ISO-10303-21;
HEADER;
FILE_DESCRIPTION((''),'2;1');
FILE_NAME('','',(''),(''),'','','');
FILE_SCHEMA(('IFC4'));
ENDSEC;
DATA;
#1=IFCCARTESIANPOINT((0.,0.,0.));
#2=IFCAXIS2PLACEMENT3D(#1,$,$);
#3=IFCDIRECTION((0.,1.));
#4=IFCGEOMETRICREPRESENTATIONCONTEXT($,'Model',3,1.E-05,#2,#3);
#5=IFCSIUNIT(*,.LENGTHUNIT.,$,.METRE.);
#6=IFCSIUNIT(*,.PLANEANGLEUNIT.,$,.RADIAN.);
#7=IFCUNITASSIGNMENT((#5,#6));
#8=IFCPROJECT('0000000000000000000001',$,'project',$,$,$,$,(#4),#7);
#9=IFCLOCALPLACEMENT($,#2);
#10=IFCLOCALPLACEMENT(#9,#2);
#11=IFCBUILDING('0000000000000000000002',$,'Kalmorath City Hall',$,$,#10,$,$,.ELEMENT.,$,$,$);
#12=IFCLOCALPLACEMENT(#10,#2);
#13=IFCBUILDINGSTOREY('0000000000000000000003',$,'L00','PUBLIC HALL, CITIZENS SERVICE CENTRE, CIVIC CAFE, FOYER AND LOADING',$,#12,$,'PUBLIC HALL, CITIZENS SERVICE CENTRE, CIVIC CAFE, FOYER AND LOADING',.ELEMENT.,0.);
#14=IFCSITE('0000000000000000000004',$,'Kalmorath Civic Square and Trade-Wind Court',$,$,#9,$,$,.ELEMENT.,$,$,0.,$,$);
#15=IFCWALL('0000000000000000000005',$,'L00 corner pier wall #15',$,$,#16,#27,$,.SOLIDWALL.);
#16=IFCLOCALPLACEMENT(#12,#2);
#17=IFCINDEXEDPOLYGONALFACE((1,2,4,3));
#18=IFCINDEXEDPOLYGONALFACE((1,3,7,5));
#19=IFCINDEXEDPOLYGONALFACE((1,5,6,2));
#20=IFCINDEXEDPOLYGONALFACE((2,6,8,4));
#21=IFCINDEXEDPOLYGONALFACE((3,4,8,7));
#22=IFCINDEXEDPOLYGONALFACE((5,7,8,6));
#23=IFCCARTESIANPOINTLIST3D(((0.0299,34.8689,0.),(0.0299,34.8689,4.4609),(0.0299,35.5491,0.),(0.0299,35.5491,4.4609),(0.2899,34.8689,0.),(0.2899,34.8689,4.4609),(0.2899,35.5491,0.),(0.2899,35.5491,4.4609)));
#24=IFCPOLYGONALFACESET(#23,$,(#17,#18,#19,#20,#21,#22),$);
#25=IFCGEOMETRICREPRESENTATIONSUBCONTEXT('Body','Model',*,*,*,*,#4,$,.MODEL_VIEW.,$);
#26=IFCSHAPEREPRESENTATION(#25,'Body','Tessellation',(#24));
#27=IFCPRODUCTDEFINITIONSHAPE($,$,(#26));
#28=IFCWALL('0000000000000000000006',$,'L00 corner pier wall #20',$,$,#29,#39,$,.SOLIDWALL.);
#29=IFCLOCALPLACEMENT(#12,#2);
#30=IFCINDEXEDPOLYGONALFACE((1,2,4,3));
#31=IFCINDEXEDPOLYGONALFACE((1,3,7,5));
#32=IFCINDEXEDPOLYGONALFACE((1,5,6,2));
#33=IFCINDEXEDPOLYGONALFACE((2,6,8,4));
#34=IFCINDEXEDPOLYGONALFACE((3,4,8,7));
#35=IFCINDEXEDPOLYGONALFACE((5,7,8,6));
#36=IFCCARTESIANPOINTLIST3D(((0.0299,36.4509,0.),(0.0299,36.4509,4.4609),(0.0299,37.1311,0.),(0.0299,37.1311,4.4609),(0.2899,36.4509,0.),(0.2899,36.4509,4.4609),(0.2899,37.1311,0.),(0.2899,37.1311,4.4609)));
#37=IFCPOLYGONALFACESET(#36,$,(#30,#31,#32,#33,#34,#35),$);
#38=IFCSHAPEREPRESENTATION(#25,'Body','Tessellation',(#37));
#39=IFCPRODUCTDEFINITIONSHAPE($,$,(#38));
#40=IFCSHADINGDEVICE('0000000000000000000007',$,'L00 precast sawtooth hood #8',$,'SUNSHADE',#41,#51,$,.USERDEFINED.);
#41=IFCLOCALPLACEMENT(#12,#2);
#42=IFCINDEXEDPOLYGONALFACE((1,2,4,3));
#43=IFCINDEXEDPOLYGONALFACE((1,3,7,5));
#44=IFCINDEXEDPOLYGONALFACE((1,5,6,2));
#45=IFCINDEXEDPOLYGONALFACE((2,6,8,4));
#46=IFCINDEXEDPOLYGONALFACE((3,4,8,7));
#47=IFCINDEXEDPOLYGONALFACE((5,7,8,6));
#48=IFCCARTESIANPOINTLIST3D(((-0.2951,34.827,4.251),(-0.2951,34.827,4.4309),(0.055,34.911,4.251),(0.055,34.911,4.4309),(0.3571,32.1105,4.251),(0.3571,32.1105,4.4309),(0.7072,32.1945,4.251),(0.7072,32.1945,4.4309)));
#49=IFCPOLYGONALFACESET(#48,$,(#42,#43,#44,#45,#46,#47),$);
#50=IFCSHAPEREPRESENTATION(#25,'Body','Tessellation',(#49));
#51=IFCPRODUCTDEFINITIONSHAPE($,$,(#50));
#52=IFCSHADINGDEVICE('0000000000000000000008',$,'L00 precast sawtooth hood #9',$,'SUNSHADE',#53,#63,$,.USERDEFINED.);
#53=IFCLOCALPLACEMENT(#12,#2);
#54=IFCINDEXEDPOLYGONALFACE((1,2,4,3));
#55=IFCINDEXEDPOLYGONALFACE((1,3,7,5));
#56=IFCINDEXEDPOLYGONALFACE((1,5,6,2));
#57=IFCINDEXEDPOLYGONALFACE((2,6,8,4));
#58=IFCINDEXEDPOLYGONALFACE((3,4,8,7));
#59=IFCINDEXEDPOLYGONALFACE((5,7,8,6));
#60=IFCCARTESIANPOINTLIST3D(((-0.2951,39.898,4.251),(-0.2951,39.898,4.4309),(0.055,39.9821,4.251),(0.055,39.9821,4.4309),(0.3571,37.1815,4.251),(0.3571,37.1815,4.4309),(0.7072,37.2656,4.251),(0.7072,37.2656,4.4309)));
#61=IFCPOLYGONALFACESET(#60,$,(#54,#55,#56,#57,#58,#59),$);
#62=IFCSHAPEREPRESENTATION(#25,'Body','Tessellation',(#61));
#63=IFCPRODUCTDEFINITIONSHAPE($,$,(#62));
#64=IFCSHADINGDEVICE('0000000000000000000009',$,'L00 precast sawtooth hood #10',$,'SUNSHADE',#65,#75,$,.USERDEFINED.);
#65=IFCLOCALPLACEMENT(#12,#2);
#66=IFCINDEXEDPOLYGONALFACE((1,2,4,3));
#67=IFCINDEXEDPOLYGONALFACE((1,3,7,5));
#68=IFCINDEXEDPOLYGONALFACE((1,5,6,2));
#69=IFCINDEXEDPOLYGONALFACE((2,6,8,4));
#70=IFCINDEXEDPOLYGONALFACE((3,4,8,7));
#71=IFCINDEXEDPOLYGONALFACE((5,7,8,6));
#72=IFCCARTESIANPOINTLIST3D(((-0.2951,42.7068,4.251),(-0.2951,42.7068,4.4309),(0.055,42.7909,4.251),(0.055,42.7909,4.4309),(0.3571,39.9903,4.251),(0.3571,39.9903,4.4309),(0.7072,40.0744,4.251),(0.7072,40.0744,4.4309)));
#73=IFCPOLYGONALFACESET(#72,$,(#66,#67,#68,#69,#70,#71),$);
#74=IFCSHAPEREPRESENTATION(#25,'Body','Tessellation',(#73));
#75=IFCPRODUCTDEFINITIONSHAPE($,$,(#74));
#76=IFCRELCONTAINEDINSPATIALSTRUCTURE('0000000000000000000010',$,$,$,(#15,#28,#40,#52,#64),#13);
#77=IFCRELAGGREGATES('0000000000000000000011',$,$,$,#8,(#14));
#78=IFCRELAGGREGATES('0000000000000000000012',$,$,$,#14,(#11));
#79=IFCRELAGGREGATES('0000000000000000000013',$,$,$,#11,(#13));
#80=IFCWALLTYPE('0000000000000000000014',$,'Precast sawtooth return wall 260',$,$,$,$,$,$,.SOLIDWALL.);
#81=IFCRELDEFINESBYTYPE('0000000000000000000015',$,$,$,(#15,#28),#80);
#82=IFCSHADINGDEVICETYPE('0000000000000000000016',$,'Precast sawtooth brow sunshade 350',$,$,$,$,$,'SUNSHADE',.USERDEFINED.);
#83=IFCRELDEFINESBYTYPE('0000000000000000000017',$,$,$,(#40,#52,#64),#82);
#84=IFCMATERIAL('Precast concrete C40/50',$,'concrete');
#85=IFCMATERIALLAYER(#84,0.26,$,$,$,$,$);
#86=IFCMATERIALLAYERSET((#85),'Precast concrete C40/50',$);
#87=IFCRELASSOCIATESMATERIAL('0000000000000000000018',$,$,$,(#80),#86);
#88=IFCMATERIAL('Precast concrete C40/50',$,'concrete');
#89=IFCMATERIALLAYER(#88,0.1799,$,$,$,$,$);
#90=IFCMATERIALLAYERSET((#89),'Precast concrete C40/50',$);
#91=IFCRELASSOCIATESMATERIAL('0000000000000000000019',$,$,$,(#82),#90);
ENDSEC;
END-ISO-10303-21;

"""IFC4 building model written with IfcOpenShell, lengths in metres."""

from ifc_helpers import new_model, si_unit, direction, frame, frame_2d, origin, origin_2d, place, context, subcontext, project, spatial, rectangle, extrude, material, layer, layer_set, type_object, element, save


model = new_model("IFC4")

# Units and contexts
model_context = context("Model", 3, precision=1e-05, world=origin(), true_north=direction((0.0, 1.0)))
body_context = subcontext(model_context, "Body", "Model", "MODEL_VIEW")
ifc_project = project(units=[si_unit("LENGTHUNIT", "METRE"), si_unit("PLANEANGLEUNIT", "RADIAN")], contexts=[model_context])

# Site, building, storey
site_placement = place(None, origin())
site = spatial("IfcSite", under=ifc_project, at=site_placement, Name="Kalmorath Civic Square and Trade-Wind Court", CompositionType="ELEMENT", RefElevation=0.0)
building_placement = place(site_placement, origin())
building = spatial("IfcBuilding", under=site, at=building_placement, Name="Kalmorath City Hall", CompositionType="ELEMENT")
storey_placement = place(building_placement, origin())
storey = spatial("IfcBuildingStorey", under=building, at=storey_placement, Name="L00", Description="PUBLIC HALL, CITIZENS SERVICE CENTRE, CIVIC CAFE, FOYER AND LOADING", LongName="PUBLIC HALL, CITIZENS SERVICE CENTRE, CIVIC CAFE, FOYER AND LOADING", CompositionType="ELEMENT", Elevation=0.0)

# Walls
ifc_material_1 = material(Name="Precast concrete C40/50", Category="concrete")
ifc_layer_1 = layer(ifc_material_1, 0.26)
ifc_layer_set_1 = layer_set([ifc_layer_1], Name="Precast concrete C40/50")
wall_type_1 = type_object("IfcWallType", Name="Precast sawtooth return wall 260", PredefinedType="SOLIDWALL", material=ifc_layer_set_1)
for number, where, z_axis, x_axis, name in (
    (1, (0.1599, 34.8689, 0.0), (0.0, 0.0, 1.0), (0.0, 1.0, 0.0), "L00 corner pier wall #15"),
    (2, (0.1599, 36.4509, 0.0), (0.0, 0.0, 1.0), (0.0, 1.0, 0.0), "L00 corner pier wall #20"),
):
    element("IfcWall", number, at=place(storey_placement, frame(where, z_axis=z_axis, x_axis=x_axis)), inside=storey, type_object=wall_type_1, Name=name, PredefinedType="SOLIDWALL", context=body_context, shape_type="SweptSolid", body=[
        extrude(rectangle(XDim=0.6802, YDim=0.26, at=frame_2d((0.3401, 0.0))), origin(), (0.0, 0.0, 1.0), 4.4609),
    ])

# Shading devices
ifc_material_2 = material(Name="Precast concrete C40/50", Category="concrete")
ifc_layer_2 = layer(ifc_material_2, 0.1799)
ifc_layer_set_2 = layer_set([ifc_layer_2], Name="Precast concrete C40/50")
shading_device_type = type_object("IfcShadingDeviceType", Name="Precast sawtooth brow sunshade 350", ElementType="SUNSHADE", PredefinedType="USERDEFINED", material=ifc_layer_set_2)
for number, where, z_axis, x_axis, name in (
    (3, (0.2061, 33.5107, 4.251), (0.0, 0.0, 1.0), (-0.233445, 0.97237, 0.0), "L00 precast sawtooth hood #8"),
    (4, (0.2061, 38.5818, 4.251), (0.0, 0.0, 1.0), (-0.233445, 0.97237, 0.0), "L00 precast sawtooth hood #9"),
    (5, (0.2061, 41.3906, 4.251), (0.0, 0.0, 1.0), (-0.233445, 0.97237, 0.0), "L00 precast sawtooth hood #10"),
):
    element("IfcShadingDevice", number, at=place(storey_placement, frame(where, z_axis=z_axis, x_axis=x_axis)), inside=storey, type_object=shading_device_type, Name=name, ObjectType="SUNSHADE", PredefinedType="USERDEFINED", context=body_context, shape_type="SweptSolid", body=[
        extrude(rectangle(XDim=2.7937, YDim=0.3601, at=origin_2d()), origin(), (0.0, 0.0, 1.0), 0.1799),
    ])

save(model, "model.ifc")
